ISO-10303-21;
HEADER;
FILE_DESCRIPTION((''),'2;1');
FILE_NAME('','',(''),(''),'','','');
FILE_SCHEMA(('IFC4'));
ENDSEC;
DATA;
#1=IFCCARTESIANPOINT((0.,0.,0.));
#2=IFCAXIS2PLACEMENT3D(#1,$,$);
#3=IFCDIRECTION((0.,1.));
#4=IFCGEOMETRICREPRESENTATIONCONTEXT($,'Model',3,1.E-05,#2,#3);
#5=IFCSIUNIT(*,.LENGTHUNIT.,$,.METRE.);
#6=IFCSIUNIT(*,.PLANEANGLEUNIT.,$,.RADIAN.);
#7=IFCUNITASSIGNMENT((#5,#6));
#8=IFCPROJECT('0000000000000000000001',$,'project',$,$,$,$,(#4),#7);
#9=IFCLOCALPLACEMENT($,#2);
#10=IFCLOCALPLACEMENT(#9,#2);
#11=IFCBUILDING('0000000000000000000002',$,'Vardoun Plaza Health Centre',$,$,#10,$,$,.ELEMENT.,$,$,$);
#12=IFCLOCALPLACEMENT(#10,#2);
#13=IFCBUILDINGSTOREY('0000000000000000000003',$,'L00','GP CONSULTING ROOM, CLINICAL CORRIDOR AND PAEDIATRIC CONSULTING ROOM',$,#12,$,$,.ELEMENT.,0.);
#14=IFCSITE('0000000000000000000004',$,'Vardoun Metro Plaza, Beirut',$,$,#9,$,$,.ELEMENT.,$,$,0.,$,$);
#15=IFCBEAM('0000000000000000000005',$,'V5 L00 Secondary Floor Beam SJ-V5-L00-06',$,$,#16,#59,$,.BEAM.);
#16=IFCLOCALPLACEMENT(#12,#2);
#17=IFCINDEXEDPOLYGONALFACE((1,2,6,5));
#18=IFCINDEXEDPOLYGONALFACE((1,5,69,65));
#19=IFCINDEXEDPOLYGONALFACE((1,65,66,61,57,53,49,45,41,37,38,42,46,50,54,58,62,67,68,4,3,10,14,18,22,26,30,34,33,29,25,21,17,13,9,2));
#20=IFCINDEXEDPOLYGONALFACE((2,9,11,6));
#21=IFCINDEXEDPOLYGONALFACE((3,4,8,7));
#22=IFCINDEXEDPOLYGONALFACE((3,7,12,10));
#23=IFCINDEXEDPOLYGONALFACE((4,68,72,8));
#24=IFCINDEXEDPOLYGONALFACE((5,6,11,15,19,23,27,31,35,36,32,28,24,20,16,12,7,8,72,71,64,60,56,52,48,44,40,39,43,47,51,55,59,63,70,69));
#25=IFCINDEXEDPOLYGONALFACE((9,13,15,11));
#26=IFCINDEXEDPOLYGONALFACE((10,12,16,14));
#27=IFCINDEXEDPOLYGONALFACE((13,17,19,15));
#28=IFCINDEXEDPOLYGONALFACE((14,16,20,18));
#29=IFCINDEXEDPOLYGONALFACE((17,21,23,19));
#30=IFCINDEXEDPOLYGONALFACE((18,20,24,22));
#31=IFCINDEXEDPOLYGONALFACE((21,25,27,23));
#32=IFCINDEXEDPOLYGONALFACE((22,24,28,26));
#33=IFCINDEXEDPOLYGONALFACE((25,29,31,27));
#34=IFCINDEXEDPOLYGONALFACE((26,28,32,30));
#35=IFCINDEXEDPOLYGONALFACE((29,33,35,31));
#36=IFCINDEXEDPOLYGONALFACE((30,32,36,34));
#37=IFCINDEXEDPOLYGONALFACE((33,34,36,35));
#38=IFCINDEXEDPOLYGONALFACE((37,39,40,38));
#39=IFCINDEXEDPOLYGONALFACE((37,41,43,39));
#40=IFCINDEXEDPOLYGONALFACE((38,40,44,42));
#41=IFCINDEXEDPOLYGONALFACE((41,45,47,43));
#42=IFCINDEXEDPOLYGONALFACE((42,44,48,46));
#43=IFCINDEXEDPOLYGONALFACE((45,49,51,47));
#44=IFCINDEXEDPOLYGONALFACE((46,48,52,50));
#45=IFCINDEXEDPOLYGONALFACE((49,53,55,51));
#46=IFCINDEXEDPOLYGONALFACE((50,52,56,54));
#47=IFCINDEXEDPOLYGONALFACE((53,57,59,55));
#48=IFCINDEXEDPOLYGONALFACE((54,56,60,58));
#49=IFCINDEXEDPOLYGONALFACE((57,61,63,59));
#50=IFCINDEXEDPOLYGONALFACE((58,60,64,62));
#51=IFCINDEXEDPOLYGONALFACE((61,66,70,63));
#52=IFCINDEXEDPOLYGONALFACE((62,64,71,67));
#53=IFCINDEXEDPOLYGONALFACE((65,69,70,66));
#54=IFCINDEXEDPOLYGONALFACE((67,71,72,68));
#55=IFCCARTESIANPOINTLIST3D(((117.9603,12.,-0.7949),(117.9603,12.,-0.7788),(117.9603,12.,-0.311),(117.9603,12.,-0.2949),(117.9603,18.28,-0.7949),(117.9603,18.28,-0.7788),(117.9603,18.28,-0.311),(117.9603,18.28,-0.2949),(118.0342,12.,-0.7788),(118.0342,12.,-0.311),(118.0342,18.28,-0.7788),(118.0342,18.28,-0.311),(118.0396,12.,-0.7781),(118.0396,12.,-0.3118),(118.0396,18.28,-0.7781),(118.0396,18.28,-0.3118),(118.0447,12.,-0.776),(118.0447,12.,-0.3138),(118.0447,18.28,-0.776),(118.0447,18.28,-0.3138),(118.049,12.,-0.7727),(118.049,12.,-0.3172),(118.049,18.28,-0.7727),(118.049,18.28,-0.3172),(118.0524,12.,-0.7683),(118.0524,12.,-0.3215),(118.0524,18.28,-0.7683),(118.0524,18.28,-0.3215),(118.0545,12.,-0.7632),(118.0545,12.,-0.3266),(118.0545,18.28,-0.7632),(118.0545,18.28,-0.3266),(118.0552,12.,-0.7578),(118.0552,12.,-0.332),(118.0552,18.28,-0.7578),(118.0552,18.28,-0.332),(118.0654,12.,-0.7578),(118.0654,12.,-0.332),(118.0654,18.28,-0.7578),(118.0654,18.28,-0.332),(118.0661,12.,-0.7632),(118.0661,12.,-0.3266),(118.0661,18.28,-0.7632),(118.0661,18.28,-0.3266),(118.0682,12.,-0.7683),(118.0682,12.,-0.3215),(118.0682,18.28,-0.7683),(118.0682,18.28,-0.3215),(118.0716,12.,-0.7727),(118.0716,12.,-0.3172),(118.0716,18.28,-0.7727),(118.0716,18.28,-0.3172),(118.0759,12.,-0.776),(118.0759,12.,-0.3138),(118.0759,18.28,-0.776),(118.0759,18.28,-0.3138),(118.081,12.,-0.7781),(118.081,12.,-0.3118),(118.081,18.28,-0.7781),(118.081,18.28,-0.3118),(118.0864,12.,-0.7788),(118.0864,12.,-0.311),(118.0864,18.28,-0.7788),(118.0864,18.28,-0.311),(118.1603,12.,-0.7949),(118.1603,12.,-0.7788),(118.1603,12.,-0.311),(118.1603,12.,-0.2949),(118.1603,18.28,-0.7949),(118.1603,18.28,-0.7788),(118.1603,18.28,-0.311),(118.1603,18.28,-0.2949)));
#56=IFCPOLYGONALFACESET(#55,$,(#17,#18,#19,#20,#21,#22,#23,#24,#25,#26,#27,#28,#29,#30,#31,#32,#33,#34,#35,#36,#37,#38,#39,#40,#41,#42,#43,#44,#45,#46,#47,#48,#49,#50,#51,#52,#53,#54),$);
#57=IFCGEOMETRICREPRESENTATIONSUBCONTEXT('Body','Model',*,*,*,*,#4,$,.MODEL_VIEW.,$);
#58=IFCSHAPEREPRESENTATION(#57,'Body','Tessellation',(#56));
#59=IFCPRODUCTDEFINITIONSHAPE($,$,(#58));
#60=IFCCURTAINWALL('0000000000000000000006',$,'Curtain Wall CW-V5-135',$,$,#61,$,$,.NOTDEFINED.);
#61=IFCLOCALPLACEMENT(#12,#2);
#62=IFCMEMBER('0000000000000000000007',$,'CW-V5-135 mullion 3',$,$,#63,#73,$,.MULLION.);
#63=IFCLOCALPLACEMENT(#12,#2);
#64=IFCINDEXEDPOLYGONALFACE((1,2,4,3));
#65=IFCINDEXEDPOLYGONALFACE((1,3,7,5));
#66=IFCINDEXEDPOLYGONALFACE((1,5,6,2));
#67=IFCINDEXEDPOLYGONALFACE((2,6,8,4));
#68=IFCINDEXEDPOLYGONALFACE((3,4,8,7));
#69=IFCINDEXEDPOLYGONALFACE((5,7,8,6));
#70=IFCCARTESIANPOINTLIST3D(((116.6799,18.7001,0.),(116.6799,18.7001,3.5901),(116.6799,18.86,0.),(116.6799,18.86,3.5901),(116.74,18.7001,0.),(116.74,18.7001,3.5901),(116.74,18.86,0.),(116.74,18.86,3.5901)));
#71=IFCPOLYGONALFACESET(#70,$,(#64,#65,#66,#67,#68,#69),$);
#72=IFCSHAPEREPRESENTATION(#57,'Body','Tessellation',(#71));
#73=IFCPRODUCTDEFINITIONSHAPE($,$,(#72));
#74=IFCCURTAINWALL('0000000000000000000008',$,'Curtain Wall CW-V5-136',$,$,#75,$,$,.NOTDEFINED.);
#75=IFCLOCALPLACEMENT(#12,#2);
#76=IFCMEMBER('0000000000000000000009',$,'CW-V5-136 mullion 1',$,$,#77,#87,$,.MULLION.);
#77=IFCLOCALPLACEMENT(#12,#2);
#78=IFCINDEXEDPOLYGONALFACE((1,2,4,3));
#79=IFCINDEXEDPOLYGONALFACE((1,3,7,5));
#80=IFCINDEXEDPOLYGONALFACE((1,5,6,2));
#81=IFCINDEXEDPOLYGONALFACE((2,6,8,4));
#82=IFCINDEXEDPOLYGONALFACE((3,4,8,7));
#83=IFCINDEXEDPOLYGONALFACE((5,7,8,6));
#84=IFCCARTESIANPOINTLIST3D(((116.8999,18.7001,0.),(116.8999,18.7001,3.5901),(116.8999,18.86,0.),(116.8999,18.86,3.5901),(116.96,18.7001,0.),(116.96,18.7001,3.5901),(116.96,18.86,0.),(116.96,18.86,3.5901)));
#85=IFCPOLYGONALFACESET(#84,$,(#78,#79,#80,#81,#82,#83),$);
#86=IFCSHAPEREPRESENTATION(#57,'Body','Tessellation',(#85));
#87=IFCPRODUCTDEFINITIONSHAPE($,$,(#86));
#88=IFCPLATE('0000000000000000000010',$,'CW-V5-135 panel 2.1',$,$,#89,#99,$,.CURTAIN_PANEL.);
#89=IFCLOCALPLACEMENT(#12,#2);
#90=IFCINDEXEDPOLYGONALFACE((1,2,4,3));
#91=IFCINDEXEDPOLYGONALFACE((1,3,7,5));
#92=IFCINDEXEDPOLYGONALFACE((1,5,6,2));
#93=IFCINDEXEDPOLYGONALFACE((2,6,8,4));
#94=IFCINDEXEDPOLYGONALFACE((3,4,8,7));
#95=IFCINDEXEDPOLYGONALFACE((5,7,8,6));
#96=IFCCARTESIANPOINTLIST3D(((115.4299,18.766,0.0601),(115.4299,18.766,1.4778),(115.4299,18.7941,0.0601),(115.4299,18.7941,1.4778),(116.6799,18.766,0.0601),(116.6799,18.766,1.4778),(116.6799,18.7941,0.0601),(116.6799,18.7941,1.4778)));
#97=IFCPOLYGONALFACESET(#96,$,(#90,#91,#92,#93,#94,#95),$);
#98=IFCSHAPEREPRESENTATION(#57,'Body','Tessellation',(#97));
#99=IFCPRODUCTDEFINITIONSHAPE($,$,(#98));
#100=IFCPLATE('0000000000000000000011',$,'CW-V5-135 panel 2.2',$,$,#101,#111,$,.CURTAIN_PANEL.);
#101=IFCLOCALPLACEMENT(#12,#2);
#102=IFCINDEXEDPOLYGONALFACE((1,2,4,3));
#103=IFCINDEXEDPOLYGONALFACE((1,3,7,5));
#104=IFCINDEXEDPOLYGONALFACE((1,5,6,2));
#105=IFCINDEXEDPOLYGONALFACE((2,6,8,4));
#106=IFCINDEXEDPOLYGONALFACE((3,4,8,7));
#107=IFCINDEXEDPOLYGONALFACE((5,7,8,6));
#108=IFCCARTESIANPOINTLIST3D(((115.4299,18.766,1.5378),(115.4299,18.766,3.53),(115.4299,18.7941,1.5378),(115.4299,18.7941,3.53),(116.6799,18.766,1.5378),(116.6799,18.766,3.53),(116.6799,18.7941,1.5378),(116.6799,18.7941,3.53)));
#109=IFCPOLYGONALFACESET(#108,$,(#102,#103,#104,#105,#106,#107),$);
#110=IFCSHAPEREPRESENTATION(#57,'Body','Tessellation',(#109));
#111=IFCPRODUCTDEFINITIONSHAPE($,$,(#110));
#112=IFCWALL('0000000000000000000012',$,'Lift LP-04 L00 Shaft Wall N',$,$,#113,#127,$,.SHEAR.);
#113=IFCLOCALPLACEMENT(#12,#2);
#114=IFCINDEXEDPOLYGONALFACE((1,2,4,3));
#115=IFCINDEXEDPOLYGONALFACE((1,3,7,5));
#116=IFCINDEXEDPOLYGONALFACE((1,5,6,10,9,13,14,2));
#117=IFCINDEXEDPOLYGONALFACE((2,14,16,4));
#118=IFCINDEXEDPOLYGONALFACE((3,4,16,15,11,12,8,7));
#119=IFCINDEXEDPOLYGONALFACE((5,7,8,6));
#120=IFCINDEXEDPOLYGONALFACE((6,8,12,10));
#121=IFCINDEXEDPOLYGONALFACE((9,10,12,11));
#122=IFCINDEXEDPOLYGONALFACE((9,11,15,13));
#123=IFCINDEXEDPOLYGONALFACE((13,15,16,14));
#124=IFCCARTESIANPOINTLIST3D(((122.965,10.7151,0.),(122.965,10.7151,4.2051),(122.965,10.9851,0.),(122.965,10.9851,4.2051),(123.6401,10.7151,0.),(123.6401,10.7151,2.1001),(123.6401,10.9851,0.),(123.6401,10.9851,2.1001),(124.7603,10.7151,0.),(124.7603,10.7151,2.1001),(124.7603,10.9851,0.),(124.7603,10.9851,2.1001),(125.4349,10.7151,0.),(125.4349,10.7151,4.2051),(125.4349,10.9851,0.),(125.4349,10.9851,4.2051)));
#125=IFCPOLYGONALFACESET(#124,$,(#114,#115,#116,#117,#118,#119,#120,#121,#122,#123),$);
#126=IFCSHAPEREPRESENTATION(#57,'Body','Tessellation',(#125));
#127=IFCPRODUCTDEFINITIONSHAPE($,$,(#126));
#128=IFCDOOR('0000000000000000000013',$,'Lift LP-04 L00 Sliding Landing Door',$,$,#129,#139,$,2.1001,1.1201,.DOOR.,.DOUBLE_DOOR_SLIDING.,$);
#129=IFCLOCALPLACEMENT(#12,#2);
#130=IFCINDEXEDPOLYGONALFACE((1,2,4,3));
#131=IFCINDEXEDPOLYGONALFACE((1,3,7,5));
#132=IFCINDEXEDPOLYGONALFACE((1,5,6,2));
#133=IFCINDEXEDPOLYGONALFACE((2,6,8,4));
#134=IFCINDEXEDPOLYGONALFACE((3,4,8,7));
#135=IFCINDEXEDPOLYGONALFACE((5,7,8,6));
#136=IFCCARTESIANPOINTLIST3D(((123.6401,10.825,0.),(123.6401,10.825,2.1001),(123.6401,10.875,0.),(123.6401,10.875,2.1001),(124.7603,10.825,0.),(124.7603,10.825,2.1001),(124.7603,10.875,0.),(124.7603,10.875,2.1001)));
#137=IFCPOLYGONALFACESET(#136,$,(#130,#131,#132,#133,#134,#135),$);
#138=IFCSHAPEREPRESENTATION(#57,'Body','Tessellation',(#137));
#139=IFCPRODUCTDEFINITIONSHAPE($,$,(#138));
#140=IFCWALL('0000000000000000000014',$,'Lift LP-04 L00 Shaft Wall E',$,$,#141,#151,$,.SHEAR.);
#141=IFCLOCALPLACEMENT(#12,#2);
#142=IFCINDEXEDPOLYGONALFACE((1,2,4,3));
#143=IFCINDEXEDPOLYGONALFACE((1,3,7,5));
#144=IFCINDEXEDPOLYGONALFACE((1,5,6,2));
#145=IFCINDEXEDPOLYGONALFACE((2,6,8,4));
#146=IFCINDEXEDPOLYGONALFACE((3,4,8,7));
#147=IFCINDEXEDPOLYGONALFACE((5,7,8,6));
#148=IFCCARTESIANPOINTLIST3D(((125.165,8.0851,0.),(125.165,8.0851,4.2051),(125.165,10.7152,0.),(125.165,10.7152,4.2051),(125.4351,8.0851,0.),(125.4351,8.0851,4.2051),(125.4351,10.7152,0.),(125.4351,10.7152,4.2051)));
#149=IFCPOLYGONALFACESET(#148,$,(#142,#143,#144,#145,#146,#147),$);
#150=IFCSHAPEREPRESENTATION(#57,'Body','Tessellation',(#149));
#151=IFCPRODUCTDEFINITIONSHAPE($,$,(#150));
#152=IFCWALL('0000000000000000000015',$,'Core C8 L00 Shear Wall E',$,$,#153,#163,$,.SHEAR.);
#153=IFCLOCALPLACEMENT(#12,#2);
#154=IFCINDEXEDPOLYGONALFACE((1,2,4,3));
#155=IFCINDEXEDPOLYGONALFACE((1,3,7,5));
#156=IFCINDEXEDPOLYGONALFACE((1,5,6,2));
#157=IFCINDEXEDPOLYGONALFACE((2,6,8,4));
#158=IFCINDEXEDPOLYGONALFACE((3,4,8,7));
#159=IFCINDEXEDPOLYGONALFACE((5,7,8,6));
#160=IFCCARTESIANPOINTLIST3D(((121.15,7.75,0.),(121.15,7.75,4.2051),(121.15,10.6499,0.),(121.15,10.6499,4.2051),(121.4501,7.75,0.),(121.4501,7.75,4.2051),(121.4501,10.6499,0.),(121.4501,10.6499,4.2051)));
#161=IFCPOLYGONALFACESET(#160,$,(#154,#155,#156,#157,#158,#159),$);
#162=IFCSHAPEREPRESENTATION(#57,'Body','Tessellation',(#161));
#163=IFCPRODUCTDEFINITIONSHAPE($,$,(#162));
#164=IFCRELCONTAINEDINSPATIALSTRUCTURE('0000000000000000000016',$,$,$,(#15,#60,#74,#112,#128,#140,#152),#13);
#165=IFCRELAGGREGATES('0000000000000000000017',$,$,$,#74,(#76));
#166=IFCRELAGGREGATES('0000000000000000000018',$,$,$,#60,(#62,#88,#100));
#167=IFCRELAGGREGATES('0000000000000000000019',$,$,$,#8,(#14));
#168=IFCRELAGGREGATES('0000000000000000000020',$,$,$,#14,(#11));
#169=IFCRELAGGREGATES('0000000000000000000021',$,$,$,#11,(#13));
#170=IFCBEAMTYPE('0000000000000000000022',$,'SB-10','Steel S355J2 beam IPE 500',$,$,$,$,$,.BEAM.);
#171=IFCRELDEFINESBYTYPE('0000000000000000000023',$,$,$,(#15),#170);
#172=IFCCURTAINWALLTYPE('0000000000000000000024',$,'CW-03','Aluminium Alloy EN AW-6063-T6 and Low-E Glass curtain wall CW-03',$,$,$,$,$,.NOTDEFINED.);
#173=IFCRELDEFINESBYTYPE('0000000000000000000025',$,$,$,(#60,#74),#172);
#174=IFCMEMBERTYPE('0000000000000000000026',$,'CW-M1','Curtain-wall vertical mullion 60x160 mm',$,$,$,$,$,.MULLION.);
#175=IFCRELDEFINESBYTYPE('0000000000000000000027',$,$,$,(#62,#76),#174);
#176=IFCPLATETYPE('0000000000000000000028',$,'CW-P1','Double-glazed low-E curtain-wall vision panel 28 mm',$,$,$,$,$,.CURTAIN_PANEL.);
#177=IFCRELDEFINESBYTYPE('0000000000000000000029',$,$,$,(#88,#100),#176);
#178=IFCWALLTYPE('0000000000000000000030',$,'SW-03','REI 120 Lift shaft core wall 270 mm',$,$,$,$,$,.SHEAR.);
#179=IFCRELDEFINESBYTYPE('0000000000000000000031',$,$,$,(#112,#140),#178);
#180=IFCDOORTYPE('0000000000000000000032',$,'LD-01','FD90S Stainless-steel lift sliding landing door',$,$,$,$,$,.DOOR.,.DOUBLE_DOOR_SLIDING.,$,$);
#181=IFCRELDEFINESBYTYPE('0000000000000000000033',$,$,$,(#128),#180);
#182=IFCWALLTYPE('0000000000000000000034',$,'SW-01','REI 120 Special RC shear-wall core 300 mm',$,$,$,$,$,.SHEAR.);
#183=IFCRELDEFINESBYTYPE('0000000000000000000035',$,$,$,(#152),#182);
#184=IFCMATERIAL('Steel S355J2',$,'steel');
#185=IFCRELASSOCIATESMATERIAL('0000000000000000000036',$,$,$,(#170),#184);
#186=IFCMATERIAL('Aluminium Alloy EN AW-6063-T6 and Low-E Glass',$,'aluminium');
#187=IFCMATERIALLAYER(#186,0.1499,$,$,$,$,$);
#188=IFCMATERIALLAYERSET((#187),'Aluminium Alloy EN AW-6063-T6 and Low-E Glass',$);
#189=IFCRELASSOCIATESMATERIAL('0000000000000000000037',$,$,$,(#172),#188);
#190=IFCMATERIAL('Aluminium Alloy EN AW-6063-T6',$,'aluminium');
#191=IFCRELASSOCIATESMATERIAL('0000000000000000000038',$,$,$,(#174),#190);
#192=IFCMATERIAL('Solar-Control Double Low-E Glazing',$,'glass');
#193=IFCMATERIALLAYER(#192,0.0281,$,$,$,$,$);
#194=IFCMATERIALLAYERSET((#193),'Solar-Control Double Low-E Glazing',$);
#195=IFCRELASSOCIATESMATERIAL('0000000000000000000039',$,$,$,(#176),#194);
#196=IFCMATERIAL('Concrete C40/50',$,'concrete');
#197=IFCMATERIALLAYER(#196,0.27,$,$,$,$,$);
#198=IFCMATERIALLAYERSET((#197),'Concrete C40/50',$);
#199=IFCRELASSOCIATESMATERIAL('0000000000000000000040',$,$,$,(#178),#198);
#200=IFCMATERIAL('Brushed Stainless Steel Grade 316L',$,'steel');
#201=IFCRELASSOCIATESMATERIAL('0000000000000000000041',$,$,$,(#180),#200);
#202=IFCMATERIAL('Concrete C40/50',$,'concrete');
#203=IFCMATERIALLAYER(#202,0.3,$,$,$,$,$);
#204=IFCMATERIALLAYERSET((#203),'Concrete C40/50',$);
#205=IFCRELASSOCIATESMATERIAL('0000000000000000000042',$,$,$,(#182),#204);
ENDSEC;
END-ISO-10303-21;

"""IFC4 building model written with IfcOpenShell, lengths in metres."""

from ifc_helpers import new_model, si_unit, direction, frame, frame_2d, origin, origin_2d, place, context, subcontext, project, spatial, rectangle, i_section, extrude, material, layer, layer_set, material_profile, profile_set, type_object, element, fill, aggregate, save


model = new_model("IFC4")

# Units and contexts
model_context = context("Model", 3, precision=1e-05, world=origin(), true_north=direction((0.0, 1.0)))
body_context = subcontext(model_context, "Body", "Model", "MODEL_VIEW")
ifc_project = project(units=[si_unit("LENGTHUNIT", "METRE"), si_unit("PLANEANGLEUNIT", "RADIAN")], contexts=[model_context])

# Site, building, storey
site_placement = place(None, origin())
site = spatial("IfcSite", under=ifc_project, at=site_placement, Name="Vardoun Metro Plaza, Beirut", CompositionType="ELEMENT", RefElevation=0.0)
building_placement = place(site_placement, origin())
building = spatial("IfcBuilding", under=site, at=building_placement, Name="Vardoun Plaza Health Centre", CompositionType="ELEMENT")
storey_placement = place(building_placement, origin())
storey = spatial("IfcBuildingStorey", under=building, at=storey_placement, Name="L00", Description="GP CONSULTING ROOM, CLINICAL CORRIDOR AND PAEDIATRIC CONSULTING ROOM", CompositionType="ELEMENT", Elevation=0.0)

# Beam
ifc_material_1 = material(Name="Steel S355J2", Category="steel")
ifc_material_profile_1 = material_profile(ifc_material_1, i_section(OverallWidth=0.2, OverallDepth=0.5, WebThickness=0.0103, FlangeThickness=0.0161, FilletRadius=0.021, at=origin_2d()), Name="IPE 500")
ifc_profile_set_1 = profile_set([ifc_material_profile_1], Name="Steel S355J2")
beam_type_1 = type_object("IfcBeamType", Name="SB-10", Description="Steel S355J2 beam IPE 500", PredefinedType="BEAM", material=ifc_profile_set_1)
beam_1_placement = place(storey_placement, frame((118.0603, 12.0, -0.5449), z_axis=(0.0, 1.0, 0.0), x_axis=(-1.0, 0.0, 0.0)))
element("IfcBeam", 1, at=beam_1_placement, inside=storey, type_object=beam_type_1, Name="V5 L00 Secondary Floor Beam SJ-V5-L00-06", PredefinedType="BEAM", context=body_context, shape_type="SweptSolid", body=[
    extrude(i_section(OverallWidth=0.2, OverallDepth=0.5, WebThickness=0.0103, FlangeThickness=0.0161, FilletRadius=0.021, at=origin_2d()), origin(), (0.0, 0.0, 1.0), 6.28),
])

# Curtain walls, members
ifc_material_2 = material(Name="Aluminium Alloy EN AW-6063-T6 and Low-E Glass", Category="aluminium")
ifc_layer_1 = layer(ifc_material_2, 0.1499)
ifc_layer_set_1 = layer_set([ifc_layer_1], Name="Aluminium Alloy EN AW-6063-T6 and Low-E Glass")
curtain_wall_type = type_object("IfcCurtainWallType", Name="CW-03", Description="Aluminium Alloy EN AW-6063-T6 and Low-E Glass curtain wall CW-03", PredefinedType="NOTDEFINED", material=ifc_layer_set_1)
curtain_wall_1_placement = place(storey_placement, origin())
curtain_wall_1 = element("IfcCurtainWall", 2, at=curtain_wall_1_placement, inside=storey, type_object=curtain_wall_type, Name="Curtain Wall CW-V5-135", PredefinedType="NOTDEFINED")
ifc_material_3 = material(Name="Aluminium Alloy EN AW-6063-T6", Category="aluminium")
ifc_material_profile_2 = material_profile(ifc_material_3, rectangle(XDim=0.1599, YDim=0.0601, at=origin_2d()), Name="CWM 60x160")
ifc_profile_set_2 = profile_set([ifc_material_profile_2], Name="Aluminium Alloy EN AW-6063-T6")
member_type = type_object("IfcMemberType", Name="CW-M1", Description="Curtain-wall vertical mullion 60x160 mm", PredefinedType="MULLION", material=ifc_profile_set_2)
member_1_placement = place(storey_placement, frame((116.71, 18.78, 0.0), z_axis=(0.0, 0.0, 1.0), x_axis=(0.0, 1.0, 0.0)))
member_1 = element("IfcMember", 3, at=member_1_placement, type_object=member_type, Name="CW-V5-135 mullion 3", PredefinedType="MULLION", context=body_context, shape_type="SweptSolid", body=[
    extrude(rectangle(XDim=0.1599, YDim=0.0601, at=origin_2d()), origin(), (0.0, 0.0, 1.0), 3.5901),
])
curtain_wall_2_placement = place(storey_placement, origin())
curtain_wall_2 = element("IfcCurtainWall", 4, at=curtain_wall_2_placement, inside=storey, type_object=curtain_wall_type, Name="Curtain Wall CW-V5-136", PredefinedType="NOTDEFINED")
member_2_placement = place(storey_placement, frame((116.9299, 18.78, 0.0), z_axis=(0.0, 0.0, 1.0), x_axis=(0.0, 1.0, 0.0)))
member_2 = element("IfcMember", 5, at=member_2_placement, type_object=member_type, Name="CW-V5-136 mullion 1", PredefinedType="MULLION", context=body_context, shape_type="SweptSolid", body=[
    extrude(rectangle(XDim=0.1599, YDim=0.0601, at=origin_2d()), origin(), (0.0, 0.0, 1.0), 3.5901),
])
aggregate(curtain_wall_2, [member_2])

# Plates
ifc_material_4 = material(Name="Solar-Control Double Low-E Glazing", Category="glass")
ifc_layer_2 = layer(ifc_material_4, 0.0281)
ifc_layer_set_2 = layer_set([ifc_layer_2], Name="Solar-Control Double Low-E Glazing")
plate_type = type_object("IfcPlateType", Name="CW-P1", Description="Double-glazed low-E curtain-wall vision panel 28 mm", PredefinedType="CURTAIN_PANEL", material=ifc_layer_set_2)
plate_1_placement = place(storey_placement, frame((116.0549, 18.78, 0.0601), z_axis=(0.0, 0.0, 1.0), x_axis=(1.0, 0.0, 0.0)))
plate_1 = element("IfcPlate", 6, at=plate_1_placement, type_object=plate_type, Name="CW-V5-135 panel 2.1", PredefinedType="CURTAIN_PANEL", context=body_context, shape_type="SweptSolid", body=[
    extrude(rectangle(XDim=1.25, YDim=0.0281, at=origin_2d()), origin(), (0.0, 0.0, 1.0), 1.4177),
])
plate_2_placement = place(storey_placement, frame((116.0549, 18.78, 1.5378), z_axis=(0.0, 0.0, 1.0), x_axis=(1.0, 0.0, 0.0)))
plate_2 = element("IfcPlate", 7, at=plate_2_placement, type_object=plate_type, Name="CW-V5-135 panel 2.2", PredefinedType="CURTAIN_PANEL", context=body_context, shape_type="SweptSolid", body=[
    extrude(rectangle(XDim=1.25, YDim=0.0281, at=origin_2d()), origin(), (0.0, 0.0, 1.0), 1.9922),
])
aggregate(curtain_wall_1, [member_1, plate_1, plate_2])

# Wall, opening, door
ifc_material_5 = material(Name="Concrete C40/50", Category="concrete")
ifc_layer_3 = layer(ifc_material_5, 0.27)
ifc_layer_set_3 = layer_set([ifc_layer_3], Name="Concrete C40/50")
wall_type_1 = type_object("IfcWallType", Name="SW-03", Description="REI 120 Lift shaft core wall 270 mm", PredefinedType="SHEAR", material=ifc_layer_set_3)
wall_1_placement = place(storey_placement, frame((122.9651, 10.8501, 0.0), z_axis=(0.0, 0.0, 1.0), x_axis=(1.0, 0.0, 0.0)))
wall_1 = element("IfcWall", 8, at=wall_1_placement, inside=storey, type_object=wall_type_1, Name="Lift LP-04 L00 Shaft Wall N", PredefinedType="SHEAR", context=body_context, shape_type="SweptSolid", body=[
    extrude(rectangle(XDim=2.47, YDim=0.27, at=frame_2d((1.2349, 0.0))), origin(), (0.0, 0.0, 1.0), 4.2051),
])
opening_1_placement = place(wall_1_placement, frame((0.675, 0.0, 0.0)))
opening_1 = element("IfcOpeningElement", 9, at=opening_1_placement, cuts=wall_1, PredefinedType="OPENING", context=body_context, shape_type="SweptSolid", body=[
    extrude(rectangle(XDim=1.1201, YDim=2.1001, at=frame_2d((0.5601, 1.05))), frame((0.0, 0.135, 0.0), z_axis=(0.0, -1.0, 0.0), x_axis=(1.0, 0.0, 0.0)), (0.0, 0.0, 1.0), 0.27),
])
ifc_material_6 = material(Name="Brushed Stainless Steel Grade 316L", Category="steel")
door_type_1 = type_object("IfcDoorType", Name="LD-01", Description="FD90S Stainless-steel lift sliding landing door", OperationType="DOUBLE_DOOR_SLIDING", PredefinedType="DOOR", material=ifc_material_6)
door_1_placement = place(opening_1_placement, origin())
door_1 = element("IfcDoor", 10, at=door_1_placement, inside=storey, type_object=door_type_1, Name="Lift LP-04 L00 Sliding Landing Door", OperationType="DOUBLE_DOOR_SLIDING", OverallHeight=2.1001, OverallWidth=1.1201, PredefinedType="DOOR", context=body_context, shape_type="SweptSolid", body=[
    extrude(rectangle(XDim=1.1201, YDim=2.1001, at=frame_2d((0.5601, 1.05))), frame((0.0, 0.0249, 0.0), z_axis=(0.0, -1.0, 0.0), x_axis=(1.0, 0.0, 0.0)), (0.0, 0.0, 1.0), 0.05),
])
fill(opening_1, door_1)

# Walls
wall_2_placement = place(storey_placement, frame((125.3, 10.7151, 0.0), z_axis=(0.0, 0.0, 1.0), x_axis=(0.0, -1.0, 0.0)))
element("IfcWall", 11, at=wall_2_placement, inside=storey, type_object=wall_type_1, Name="Lift LP-04 L00 Shaft Wall E", PredefinedType="SHEAR", context=body_context, shape_type="SweptSolid", body=[
    extrude(rectangle(XDim=2.6301, YDim=0.27, at=frame_2d((1.3149, 0.0))), origin(), (0.0, 0.0, 1.0), 4.2051),
])
ifc_material_7 = material(Name="Concrete C40/50", Category="concrete")
ifc_layer_4 = layer(ifc_material_7, 0.3)
ifc_layer_set_4 = layer_set([ifc_layer_4], Name="Concrete C40/50")
wall_type_2 = type_object("IfcWallType", Name="SW-01", Description="REI 120 Special RC shear-wall core 300 mm", PredefinedType="SHEAR", material=ifc_layer_set_4)
wall_3_placement = place(storey_placement, frame((121.3, 10.6499, 0.0), z_axis=(0.0, 0.0, 1.0), x_axis=(0.0, -1.0, 0.0)))
element("IfcWall", 12, at=wall_3_placement, inside=storey, type_object=wall_type_2, Name="Core C8 L00 Shear Wall E", PredefinedType="SHEAR", context=body_context, shape_type="SweptSolid", body=[
    extrude(rectangle(XDim=2.8999, YDim=0.3, at=frame_2d((1.45, 0.0))), origin(), (0.0, 0.0, 1.0), 4.2051),
])

save(model, "model.ifc")
